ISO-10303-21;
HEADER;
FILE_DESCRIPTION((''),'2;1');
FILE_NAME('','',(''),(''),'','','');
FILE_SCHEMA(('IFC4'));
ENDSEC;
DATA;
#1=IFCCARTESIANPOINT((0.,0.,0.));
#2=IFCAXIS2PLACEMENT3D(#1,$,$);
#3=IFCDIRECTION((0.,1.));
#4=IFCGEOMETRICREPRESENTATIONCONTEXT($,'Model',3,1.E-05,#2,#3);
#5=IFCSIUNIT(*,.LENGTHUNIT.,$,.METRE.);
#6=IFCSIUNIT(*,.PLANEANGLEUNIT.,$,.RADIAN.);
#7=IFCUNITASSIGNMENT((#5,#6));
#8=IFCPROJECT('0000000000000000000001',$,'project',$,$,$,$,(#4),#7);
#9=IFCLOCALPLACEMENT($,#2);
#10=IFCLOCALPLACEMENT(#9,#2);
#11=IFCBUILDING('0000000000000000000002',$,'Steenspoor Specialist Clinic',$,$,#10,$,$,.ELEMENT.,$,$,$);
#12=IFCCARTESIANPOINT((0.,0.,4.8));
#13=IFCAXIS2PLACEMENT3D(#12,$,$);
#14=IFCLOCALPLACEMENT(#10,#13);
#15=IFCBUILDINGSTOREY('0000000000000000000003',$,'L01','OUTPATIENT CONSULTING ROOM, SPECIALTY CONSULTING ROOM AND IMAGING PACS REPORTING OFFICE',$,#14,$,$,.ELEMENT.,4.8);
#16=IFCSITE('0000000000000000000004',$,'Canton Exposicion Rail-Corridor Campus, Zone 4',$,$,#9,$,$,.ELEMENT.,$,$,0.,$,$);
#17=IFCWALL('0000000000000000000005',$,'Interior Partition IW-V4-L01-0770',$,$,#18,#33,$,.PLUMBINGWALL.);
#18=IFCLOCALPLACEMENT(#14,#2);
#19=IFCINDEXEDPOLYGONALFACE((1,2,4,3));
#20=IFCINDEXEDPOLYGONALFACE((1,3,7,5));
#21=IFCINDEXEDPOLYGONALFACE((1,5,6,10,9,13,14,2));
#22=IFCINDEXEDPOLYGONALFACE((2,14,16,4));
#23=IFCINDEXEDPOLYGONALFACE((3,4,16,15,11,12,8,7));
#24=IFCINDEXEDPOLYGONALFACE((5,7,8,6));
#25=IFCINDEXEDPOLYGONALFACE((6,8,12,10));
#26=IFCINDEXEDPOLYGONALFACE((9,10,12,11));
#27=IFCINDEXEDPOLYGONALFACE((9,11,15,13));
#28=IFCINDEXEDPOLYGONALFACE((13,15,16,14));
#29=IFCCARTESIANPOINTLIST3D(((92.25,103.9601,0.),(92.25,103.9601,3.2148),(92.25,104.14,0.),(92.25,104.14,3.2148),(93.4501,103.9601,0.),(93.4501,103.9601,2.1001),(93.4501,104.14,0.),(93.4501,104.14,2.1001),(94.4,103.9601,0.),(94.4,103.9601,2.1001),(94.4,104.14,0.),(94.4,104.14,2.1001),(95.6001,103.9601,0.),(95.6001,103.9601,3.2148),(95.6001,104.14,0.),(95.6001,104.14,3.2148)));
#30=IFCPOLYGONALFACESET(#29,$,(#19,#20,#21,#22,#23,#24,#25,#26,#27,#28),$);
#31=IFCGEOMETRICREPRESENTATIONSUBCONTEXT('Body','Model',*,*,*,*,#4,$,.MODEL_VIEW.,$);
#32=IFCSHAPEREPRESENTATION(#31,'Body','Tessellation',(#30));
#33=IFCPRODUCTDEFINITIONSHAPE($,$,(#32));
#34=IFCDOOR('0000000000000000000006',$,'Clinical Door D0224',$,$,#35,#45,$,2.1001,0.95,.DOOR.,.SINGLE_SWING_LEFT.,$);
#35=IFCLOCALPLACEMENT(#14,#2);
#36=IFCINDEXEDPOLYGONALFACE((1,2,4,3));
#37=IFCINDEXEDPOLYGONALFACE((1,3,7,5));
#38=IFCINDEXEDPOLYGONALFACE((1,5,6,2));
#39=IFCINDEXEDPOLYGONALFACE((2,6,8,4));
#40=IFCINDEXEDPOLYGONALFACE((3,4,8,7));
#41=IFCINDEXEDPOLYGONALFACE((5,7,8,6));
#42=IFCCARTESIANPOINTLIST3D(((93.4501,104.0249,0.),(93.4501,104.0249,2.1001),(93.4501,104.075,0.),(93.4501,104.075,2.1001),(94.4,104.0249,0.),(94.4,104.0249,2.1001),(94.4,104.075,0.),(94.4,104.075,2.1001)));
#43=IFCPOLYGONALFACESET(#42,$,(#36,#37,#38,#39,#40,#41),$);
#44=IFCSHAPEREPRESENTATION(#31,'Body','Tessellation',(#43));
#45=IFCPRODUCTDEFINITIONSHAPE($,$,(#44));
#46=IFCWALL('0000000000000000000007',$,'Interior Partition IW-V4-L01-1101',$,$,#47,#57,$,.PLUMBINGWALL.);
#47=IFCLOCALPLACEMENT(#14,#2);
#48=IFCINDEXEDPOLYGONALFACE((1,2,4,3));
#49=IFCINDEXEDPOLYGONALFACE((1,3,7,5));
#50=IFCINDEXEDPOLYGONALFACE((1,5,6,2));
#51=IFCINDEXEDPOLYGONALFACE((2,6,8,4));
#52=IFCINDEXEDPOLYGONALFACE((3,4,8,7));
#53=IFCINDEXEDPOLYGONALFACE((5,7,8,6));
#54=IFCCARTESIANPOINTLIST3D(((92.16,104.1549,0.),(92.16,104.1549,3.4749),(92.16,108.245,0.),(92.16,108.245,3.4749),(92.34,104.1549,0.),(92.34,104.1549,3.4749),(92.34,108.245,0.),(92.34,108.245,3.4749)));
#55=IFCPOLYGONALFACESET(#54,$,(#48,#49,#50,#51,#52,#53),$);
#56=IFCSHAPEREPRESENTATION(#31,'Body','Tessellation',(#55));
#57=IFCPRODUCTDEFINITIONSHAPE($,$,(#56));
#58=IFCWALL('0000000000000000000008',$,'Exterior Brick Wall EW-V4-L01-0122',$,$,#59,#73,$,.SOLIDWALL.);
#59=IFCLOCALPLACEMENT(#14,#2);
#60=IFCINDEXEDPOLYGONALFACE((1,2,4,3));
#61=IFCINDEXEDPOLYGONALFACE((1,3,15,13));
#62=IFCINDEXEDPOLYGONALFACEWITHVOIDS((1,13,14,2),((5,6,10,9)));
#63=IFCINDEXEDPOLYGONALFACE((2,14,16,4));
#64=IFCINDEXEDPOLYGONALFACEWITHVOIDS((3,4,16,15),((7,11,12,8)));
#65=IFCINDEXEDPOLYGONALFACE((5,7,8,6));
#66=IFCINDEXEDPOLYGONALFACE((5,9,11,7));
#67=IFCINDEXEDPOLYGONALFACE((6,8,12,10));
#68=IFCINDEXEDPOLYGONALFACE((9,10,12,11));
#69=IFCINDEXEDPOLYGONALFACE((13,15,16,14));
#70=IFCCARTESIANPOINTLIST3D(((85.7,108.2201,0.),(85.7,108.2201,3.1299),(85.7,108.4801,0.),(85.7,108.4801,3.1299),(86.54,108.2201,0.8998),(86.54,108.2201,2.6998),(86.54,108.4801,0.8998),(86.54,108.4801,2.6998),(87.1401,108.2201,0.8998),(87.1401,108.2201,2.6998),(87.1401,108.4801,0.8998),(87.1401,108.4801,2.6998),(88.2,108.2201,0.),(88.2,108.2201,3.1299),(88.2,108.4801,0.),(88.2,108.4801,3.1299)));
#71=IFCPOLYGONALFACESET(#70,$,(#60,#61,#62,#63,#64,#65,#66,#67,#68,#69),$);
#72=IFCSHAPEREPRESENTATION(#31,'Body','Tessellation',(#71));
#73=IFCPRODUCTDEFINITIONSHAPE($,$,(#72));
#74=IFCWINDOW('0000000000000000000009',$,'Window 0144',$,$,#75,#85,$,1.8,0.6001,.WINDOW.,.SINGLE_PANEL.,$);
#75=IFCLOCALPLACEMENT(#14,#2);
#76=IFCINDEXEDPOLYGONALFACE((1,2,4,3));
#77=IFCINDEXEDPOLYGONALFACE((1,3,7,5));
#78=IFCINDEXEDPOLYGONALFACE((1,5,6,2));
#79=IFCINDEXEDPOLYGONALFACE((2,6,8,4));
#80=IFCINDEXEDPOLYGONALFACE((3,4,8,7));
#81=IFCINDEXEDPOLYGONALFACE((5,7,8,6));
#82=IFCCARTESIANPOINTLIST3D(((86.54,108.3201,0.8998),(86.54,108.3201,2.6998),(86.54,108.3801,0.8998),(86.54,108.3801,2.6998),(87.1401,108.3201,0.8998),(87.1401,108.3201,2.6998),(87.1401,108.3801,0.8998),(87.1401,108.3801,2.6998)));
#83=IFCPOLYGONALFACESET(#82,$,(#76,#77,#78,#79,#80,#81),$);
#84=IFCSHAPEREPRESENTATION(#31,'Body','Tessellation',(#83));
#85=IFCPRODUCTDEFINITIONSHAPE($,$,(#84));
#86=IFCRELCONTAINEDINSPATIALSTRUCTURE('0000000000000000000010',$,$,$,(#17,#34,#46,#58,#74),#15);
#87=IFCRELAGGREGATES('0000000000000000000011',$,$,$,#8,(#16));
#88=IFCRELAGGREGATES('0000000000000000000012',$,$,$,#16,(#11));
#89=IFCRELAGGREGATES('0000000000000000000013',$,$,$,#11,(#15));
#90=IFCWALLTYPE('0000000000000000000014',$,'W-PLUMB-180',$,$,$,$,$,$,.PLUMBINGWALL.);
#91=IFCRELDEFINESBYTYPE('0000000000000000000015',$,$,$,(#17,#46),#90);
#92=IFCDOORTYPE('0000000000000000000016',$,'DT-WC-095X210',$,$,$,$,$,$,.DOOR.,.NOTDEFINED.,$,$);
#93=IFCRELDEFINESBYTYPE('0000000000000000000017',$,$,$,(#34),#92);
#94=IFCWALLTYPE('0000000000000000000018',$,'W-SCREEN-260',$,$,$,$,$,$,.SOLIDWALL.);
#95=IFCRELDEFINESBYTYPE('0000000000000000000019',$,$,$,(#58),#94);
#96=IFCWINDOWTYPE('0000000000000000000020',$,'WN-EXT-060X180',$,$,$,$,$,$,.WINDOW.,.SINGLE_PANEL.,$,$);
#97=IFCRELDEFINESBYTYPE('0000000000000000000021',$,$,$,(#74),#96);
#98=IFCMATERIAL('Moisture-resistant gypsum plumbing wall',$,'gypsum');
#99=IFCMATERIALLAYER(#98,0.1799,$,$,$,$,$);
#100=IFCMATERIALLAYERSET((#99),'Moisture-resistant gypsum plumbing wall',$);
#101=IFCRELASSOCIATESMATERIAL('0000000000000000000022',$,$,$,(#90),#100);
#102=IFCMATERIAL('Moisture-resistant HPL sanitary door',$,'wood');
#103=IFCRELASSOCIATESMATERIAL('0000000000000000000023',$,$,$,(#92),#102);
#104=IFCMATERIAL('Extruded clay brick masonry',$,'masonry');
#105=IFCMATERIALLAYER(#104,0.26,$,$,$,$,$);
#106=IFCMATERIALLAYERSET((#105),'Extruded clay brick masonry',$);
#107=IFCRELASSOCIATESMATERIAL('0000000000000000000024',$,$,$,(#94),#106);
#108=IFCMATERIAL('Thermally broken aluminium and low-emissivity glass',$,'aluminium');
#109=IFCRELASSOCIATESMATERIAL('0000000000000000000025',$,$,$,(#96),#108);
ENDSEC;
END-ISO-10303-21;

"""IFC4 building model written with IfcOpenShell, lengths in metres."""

from ifc_helpers import new_model, si_unit, direction, frame, frame_2d, origin, place, context, subcontext, project, spatial, rectangle, extrude, material, layer, layer_set, type_object, element, fill, save


model = new_model("IFC4")

# Units and contexts
model_context = context("Model", 3, precision=1e-05, world=origin(), true_north=direction((0.0, 1.0)))
body_context = subcontext(model_context, "Body", "Model", "MODEL_VIEW")
ifc_project = project(units=[si_unit("LENGTHUNIT", "METRE"), si_unit("PLANEANGLEUNIT", "RADIAN")], contexts=[model_context])

# Site, building, storey
site_placement = place(None, origin())
site = spatial("IfcSite", under=ifc_project, at=site_placement, Name="Canton Exposicion Rail-Corridor Campus, Zone 4", CompositionType="ELEMENT", RefElevation=0.0)
building_placement = place(site_placement, origin())
building = spatial("IfcBuilding", under=site, at=building_placement, Name="Steenspoor Specialist Clinic", CompositionType="ELEMENT")
storey_placement = place(building_placement, frame((0.0, 0.0, 4.8)))
storey = spatial("IfcBuildingStorey", under=building, at=storey_placement, Name="L01", Description="OUTPATIENT CONSULTING ROOM, SPECIALTY CONSULTING ROOM AND IMAGING PACS REPORTING OFFICE", CompositionType="ELEMENT", Elevation=4.8)

# Shared definitions
ifc_material_1 = material(Name="Thermally broken aluminium and low-emissivity glass", Category="aluminium")

# Wall, opening, door
ifc_material_2 = material(Name="Moisture-resistant gypsum plumbing wall", Category="gypsum")
ifc_layer_1 = layer(ifc_material_2, 0.1799)
ifc_layer_set_1 = layer_set([ifc_layer_1], Name="Moisture-resistant gypsum plumbing wall")
wall_type_1 = type_object("IfcWallType", Name="W-PLUMB-180", PredefinedType="PLUMBINGWALL", material=ifc_layer_set_1)
wall_1_placement = place(storey_placement, frame((92.25, 104.05, 0.0), z_axis=(0.0, 0.0, 1.0), x_axis=(1.0, 0.0, 0.0)))
wall_1 = element("IfcWall", 1, at=wall_1_placement, inside=storey, type_object=wall_type_1, Name="Interior Partition IW-V4-L01-0770", PredefinedType="PLUMBINGWALL", context=body_context, shape_type="SweptSolid", body=[
    extrude(rectangle(XDim=3.3501, YDim=0.1799, at=frame_2d((1.675, 0.0))), origin(), (0.0, 0.0, 1.0), 3.2148),
])
opening_1_placement = place(wall_1_placement, frame((1.2, 0.0, 0.0)))
opening_1 = element("IfcOpeningElement", 2, at=opening_1_placement, cuts=wall_1, PredefinedType="OPENING", context=body_context, shape_type="SweptSolid", body=[
    extrude(rectangle(XDim=0.95, YDim=2.1001, at=frame_2d((0.4751, 1.05))), frame((0.0, 0.1001, 0.0), z_axis=(0.0, -1.0, 0.0), x_axis=(1.0, 0.0, 0.0)), (0.0, 0.0, 1.0), 0.2),
])
ifc_material_3 = material(Name="Moisture-resistant HPL sanitary door", Category="wood")
door_type_1 = type_object("IfcDoorType", Name="DT-WC-095X210", OperationType="NOTDEFINED", PredefinedType="DOOR", material=ifc_material_3)
door_1_placement = place(opening_1_placement, origin())
door_1 = element("IfcDoor", 3, at=door_1_placement, inside=storey, type_object=door_type_1, Name="Clinical Door D0224", OperationType="SINGLE_SWING_LEFT", OverallHeight=2.1001, OverallWidth=0.95, PredefinedType="DOOR", context=body_context, shape_type="SweptSolid", body=[
    extrude(rectangle(XDim=0.95, YDim=2.1001, at=frame_2d((0.4751, 1.05))), frame((0.0, 0.0249, 0.0), z_axis=(0.0, -1.0, 0.0), x_axis=(1.0, 0.0, 0.0)), (0.0, 0.0, 1.0), 0.05),
])
fill(opening_1, door_1)

# Wall
wall_2_placement = place(storey_placement, frame((92.25, 104.155, 0.0), z_axis=(0.0, 0.0, 1.0), x_axis=(0.0, 1.0, 0.0)))
element("IfcWall", 4, at=wall_2_placement, inside=storey, type_object=wall_type_1, Name="Interior Partition IW-V4-L01-1101", PredefinedType="PLUMBINGWALL", context=body_context, shape_type="SweptSolid", body=[
    extrude(rectangle(XDim=4.0901, YDim=0.1799, at=frame_2d((2.0449, 0.0))), origin(), (0.0, 0.0, 1.0), 3.4749),
])

# Wall, opening, window
ifc_material_4 = material(Name="Extruded clay brick masonry", Category="masonry")
ifc_layer_2 = layer(ifc_material_4, 0.26)
ifc_layer_set_2 = layer_set([ifc_layer_2], Name="Extruded clay brick masonry")
wall_type_2 = type_object("IfcWallType", Name="W-SCREEN-260", PredefinedType="SOLIDWALL", material=ifc_layer_set_2)
wall_3_placement = place(storey_placement, frame((85.7, 108.3501, 0.0), z_axis=(0.0, 0.0, 1.0), x_axis=(1.0, 0.0, 0.0)))
wall_3 = element("IfcWall", 5, at=wall_3_placement, inside=storey, type_object=wall_type_2, Name="Exterior Brick Wall EW-V4-L01-0122", PredefinedType="SOLIDWALL", context=body_context, shape_type="SweptSolid", body=[
    extrude(rectangle(XDim=2.5, YDim=0.26, at=frame_2d((1.25, 0.0))), origin(), (0.0, 0.0, 1.0), 3.1299),
])
opening_2_placement = place(wall_3_placement, frame((0.8401, 0.0, 0.8999)))
opening_2 = element("IfcOpeningElement", 6, at=opening_2_placement, cuts=wall_3, PredefinedType="OPENING", context=body_context, shape_type="SweptSolid", body=[
    extrude(rectangle(XDim=0.6001, YDim=1.8, at=frame_2d((0.3, 0.8999))), frame((0.0, 0.1401, 0.0), z_axis=(0.0, -1.0, 0.0), x_axis=(1.0, 0.0, 0.0)), (0.0, 0.0, 1.0), 0.28),
])
window_type = type_object("IfcWindowType", Name="WN-EXT-060X180", PartitioningType="SINGLE_PANEL", PredefinedType="WINDOW", material=ifc_material_1)
window_placement = place(opening_2_placement, origin())
window = element("IfcWindow", 7, at=window_placement, inside=storey, type_object=window_type, Name="Window 0144", OverallHeight=1.8, OverallWidth=0.6001, PartitioningType="SINGLE_PANEL", PredefinedType="WINDOW", context=body_context, shape_type="SweptSolid", body=[
    extrude(rectangle(XDim=0.6001, YDim=1.8, at=frame_2d((0.3, 0.8999))), frame((0.0, 0.03, 0.0), z_axis=(0.0, -1.0, 0.0), x_axis=(1.0, 0.0, 0.0)), (0.0, 0.0, 1.0), 0.0601),
])
fill(opening_2, window)

save(model, "model.ifc")
